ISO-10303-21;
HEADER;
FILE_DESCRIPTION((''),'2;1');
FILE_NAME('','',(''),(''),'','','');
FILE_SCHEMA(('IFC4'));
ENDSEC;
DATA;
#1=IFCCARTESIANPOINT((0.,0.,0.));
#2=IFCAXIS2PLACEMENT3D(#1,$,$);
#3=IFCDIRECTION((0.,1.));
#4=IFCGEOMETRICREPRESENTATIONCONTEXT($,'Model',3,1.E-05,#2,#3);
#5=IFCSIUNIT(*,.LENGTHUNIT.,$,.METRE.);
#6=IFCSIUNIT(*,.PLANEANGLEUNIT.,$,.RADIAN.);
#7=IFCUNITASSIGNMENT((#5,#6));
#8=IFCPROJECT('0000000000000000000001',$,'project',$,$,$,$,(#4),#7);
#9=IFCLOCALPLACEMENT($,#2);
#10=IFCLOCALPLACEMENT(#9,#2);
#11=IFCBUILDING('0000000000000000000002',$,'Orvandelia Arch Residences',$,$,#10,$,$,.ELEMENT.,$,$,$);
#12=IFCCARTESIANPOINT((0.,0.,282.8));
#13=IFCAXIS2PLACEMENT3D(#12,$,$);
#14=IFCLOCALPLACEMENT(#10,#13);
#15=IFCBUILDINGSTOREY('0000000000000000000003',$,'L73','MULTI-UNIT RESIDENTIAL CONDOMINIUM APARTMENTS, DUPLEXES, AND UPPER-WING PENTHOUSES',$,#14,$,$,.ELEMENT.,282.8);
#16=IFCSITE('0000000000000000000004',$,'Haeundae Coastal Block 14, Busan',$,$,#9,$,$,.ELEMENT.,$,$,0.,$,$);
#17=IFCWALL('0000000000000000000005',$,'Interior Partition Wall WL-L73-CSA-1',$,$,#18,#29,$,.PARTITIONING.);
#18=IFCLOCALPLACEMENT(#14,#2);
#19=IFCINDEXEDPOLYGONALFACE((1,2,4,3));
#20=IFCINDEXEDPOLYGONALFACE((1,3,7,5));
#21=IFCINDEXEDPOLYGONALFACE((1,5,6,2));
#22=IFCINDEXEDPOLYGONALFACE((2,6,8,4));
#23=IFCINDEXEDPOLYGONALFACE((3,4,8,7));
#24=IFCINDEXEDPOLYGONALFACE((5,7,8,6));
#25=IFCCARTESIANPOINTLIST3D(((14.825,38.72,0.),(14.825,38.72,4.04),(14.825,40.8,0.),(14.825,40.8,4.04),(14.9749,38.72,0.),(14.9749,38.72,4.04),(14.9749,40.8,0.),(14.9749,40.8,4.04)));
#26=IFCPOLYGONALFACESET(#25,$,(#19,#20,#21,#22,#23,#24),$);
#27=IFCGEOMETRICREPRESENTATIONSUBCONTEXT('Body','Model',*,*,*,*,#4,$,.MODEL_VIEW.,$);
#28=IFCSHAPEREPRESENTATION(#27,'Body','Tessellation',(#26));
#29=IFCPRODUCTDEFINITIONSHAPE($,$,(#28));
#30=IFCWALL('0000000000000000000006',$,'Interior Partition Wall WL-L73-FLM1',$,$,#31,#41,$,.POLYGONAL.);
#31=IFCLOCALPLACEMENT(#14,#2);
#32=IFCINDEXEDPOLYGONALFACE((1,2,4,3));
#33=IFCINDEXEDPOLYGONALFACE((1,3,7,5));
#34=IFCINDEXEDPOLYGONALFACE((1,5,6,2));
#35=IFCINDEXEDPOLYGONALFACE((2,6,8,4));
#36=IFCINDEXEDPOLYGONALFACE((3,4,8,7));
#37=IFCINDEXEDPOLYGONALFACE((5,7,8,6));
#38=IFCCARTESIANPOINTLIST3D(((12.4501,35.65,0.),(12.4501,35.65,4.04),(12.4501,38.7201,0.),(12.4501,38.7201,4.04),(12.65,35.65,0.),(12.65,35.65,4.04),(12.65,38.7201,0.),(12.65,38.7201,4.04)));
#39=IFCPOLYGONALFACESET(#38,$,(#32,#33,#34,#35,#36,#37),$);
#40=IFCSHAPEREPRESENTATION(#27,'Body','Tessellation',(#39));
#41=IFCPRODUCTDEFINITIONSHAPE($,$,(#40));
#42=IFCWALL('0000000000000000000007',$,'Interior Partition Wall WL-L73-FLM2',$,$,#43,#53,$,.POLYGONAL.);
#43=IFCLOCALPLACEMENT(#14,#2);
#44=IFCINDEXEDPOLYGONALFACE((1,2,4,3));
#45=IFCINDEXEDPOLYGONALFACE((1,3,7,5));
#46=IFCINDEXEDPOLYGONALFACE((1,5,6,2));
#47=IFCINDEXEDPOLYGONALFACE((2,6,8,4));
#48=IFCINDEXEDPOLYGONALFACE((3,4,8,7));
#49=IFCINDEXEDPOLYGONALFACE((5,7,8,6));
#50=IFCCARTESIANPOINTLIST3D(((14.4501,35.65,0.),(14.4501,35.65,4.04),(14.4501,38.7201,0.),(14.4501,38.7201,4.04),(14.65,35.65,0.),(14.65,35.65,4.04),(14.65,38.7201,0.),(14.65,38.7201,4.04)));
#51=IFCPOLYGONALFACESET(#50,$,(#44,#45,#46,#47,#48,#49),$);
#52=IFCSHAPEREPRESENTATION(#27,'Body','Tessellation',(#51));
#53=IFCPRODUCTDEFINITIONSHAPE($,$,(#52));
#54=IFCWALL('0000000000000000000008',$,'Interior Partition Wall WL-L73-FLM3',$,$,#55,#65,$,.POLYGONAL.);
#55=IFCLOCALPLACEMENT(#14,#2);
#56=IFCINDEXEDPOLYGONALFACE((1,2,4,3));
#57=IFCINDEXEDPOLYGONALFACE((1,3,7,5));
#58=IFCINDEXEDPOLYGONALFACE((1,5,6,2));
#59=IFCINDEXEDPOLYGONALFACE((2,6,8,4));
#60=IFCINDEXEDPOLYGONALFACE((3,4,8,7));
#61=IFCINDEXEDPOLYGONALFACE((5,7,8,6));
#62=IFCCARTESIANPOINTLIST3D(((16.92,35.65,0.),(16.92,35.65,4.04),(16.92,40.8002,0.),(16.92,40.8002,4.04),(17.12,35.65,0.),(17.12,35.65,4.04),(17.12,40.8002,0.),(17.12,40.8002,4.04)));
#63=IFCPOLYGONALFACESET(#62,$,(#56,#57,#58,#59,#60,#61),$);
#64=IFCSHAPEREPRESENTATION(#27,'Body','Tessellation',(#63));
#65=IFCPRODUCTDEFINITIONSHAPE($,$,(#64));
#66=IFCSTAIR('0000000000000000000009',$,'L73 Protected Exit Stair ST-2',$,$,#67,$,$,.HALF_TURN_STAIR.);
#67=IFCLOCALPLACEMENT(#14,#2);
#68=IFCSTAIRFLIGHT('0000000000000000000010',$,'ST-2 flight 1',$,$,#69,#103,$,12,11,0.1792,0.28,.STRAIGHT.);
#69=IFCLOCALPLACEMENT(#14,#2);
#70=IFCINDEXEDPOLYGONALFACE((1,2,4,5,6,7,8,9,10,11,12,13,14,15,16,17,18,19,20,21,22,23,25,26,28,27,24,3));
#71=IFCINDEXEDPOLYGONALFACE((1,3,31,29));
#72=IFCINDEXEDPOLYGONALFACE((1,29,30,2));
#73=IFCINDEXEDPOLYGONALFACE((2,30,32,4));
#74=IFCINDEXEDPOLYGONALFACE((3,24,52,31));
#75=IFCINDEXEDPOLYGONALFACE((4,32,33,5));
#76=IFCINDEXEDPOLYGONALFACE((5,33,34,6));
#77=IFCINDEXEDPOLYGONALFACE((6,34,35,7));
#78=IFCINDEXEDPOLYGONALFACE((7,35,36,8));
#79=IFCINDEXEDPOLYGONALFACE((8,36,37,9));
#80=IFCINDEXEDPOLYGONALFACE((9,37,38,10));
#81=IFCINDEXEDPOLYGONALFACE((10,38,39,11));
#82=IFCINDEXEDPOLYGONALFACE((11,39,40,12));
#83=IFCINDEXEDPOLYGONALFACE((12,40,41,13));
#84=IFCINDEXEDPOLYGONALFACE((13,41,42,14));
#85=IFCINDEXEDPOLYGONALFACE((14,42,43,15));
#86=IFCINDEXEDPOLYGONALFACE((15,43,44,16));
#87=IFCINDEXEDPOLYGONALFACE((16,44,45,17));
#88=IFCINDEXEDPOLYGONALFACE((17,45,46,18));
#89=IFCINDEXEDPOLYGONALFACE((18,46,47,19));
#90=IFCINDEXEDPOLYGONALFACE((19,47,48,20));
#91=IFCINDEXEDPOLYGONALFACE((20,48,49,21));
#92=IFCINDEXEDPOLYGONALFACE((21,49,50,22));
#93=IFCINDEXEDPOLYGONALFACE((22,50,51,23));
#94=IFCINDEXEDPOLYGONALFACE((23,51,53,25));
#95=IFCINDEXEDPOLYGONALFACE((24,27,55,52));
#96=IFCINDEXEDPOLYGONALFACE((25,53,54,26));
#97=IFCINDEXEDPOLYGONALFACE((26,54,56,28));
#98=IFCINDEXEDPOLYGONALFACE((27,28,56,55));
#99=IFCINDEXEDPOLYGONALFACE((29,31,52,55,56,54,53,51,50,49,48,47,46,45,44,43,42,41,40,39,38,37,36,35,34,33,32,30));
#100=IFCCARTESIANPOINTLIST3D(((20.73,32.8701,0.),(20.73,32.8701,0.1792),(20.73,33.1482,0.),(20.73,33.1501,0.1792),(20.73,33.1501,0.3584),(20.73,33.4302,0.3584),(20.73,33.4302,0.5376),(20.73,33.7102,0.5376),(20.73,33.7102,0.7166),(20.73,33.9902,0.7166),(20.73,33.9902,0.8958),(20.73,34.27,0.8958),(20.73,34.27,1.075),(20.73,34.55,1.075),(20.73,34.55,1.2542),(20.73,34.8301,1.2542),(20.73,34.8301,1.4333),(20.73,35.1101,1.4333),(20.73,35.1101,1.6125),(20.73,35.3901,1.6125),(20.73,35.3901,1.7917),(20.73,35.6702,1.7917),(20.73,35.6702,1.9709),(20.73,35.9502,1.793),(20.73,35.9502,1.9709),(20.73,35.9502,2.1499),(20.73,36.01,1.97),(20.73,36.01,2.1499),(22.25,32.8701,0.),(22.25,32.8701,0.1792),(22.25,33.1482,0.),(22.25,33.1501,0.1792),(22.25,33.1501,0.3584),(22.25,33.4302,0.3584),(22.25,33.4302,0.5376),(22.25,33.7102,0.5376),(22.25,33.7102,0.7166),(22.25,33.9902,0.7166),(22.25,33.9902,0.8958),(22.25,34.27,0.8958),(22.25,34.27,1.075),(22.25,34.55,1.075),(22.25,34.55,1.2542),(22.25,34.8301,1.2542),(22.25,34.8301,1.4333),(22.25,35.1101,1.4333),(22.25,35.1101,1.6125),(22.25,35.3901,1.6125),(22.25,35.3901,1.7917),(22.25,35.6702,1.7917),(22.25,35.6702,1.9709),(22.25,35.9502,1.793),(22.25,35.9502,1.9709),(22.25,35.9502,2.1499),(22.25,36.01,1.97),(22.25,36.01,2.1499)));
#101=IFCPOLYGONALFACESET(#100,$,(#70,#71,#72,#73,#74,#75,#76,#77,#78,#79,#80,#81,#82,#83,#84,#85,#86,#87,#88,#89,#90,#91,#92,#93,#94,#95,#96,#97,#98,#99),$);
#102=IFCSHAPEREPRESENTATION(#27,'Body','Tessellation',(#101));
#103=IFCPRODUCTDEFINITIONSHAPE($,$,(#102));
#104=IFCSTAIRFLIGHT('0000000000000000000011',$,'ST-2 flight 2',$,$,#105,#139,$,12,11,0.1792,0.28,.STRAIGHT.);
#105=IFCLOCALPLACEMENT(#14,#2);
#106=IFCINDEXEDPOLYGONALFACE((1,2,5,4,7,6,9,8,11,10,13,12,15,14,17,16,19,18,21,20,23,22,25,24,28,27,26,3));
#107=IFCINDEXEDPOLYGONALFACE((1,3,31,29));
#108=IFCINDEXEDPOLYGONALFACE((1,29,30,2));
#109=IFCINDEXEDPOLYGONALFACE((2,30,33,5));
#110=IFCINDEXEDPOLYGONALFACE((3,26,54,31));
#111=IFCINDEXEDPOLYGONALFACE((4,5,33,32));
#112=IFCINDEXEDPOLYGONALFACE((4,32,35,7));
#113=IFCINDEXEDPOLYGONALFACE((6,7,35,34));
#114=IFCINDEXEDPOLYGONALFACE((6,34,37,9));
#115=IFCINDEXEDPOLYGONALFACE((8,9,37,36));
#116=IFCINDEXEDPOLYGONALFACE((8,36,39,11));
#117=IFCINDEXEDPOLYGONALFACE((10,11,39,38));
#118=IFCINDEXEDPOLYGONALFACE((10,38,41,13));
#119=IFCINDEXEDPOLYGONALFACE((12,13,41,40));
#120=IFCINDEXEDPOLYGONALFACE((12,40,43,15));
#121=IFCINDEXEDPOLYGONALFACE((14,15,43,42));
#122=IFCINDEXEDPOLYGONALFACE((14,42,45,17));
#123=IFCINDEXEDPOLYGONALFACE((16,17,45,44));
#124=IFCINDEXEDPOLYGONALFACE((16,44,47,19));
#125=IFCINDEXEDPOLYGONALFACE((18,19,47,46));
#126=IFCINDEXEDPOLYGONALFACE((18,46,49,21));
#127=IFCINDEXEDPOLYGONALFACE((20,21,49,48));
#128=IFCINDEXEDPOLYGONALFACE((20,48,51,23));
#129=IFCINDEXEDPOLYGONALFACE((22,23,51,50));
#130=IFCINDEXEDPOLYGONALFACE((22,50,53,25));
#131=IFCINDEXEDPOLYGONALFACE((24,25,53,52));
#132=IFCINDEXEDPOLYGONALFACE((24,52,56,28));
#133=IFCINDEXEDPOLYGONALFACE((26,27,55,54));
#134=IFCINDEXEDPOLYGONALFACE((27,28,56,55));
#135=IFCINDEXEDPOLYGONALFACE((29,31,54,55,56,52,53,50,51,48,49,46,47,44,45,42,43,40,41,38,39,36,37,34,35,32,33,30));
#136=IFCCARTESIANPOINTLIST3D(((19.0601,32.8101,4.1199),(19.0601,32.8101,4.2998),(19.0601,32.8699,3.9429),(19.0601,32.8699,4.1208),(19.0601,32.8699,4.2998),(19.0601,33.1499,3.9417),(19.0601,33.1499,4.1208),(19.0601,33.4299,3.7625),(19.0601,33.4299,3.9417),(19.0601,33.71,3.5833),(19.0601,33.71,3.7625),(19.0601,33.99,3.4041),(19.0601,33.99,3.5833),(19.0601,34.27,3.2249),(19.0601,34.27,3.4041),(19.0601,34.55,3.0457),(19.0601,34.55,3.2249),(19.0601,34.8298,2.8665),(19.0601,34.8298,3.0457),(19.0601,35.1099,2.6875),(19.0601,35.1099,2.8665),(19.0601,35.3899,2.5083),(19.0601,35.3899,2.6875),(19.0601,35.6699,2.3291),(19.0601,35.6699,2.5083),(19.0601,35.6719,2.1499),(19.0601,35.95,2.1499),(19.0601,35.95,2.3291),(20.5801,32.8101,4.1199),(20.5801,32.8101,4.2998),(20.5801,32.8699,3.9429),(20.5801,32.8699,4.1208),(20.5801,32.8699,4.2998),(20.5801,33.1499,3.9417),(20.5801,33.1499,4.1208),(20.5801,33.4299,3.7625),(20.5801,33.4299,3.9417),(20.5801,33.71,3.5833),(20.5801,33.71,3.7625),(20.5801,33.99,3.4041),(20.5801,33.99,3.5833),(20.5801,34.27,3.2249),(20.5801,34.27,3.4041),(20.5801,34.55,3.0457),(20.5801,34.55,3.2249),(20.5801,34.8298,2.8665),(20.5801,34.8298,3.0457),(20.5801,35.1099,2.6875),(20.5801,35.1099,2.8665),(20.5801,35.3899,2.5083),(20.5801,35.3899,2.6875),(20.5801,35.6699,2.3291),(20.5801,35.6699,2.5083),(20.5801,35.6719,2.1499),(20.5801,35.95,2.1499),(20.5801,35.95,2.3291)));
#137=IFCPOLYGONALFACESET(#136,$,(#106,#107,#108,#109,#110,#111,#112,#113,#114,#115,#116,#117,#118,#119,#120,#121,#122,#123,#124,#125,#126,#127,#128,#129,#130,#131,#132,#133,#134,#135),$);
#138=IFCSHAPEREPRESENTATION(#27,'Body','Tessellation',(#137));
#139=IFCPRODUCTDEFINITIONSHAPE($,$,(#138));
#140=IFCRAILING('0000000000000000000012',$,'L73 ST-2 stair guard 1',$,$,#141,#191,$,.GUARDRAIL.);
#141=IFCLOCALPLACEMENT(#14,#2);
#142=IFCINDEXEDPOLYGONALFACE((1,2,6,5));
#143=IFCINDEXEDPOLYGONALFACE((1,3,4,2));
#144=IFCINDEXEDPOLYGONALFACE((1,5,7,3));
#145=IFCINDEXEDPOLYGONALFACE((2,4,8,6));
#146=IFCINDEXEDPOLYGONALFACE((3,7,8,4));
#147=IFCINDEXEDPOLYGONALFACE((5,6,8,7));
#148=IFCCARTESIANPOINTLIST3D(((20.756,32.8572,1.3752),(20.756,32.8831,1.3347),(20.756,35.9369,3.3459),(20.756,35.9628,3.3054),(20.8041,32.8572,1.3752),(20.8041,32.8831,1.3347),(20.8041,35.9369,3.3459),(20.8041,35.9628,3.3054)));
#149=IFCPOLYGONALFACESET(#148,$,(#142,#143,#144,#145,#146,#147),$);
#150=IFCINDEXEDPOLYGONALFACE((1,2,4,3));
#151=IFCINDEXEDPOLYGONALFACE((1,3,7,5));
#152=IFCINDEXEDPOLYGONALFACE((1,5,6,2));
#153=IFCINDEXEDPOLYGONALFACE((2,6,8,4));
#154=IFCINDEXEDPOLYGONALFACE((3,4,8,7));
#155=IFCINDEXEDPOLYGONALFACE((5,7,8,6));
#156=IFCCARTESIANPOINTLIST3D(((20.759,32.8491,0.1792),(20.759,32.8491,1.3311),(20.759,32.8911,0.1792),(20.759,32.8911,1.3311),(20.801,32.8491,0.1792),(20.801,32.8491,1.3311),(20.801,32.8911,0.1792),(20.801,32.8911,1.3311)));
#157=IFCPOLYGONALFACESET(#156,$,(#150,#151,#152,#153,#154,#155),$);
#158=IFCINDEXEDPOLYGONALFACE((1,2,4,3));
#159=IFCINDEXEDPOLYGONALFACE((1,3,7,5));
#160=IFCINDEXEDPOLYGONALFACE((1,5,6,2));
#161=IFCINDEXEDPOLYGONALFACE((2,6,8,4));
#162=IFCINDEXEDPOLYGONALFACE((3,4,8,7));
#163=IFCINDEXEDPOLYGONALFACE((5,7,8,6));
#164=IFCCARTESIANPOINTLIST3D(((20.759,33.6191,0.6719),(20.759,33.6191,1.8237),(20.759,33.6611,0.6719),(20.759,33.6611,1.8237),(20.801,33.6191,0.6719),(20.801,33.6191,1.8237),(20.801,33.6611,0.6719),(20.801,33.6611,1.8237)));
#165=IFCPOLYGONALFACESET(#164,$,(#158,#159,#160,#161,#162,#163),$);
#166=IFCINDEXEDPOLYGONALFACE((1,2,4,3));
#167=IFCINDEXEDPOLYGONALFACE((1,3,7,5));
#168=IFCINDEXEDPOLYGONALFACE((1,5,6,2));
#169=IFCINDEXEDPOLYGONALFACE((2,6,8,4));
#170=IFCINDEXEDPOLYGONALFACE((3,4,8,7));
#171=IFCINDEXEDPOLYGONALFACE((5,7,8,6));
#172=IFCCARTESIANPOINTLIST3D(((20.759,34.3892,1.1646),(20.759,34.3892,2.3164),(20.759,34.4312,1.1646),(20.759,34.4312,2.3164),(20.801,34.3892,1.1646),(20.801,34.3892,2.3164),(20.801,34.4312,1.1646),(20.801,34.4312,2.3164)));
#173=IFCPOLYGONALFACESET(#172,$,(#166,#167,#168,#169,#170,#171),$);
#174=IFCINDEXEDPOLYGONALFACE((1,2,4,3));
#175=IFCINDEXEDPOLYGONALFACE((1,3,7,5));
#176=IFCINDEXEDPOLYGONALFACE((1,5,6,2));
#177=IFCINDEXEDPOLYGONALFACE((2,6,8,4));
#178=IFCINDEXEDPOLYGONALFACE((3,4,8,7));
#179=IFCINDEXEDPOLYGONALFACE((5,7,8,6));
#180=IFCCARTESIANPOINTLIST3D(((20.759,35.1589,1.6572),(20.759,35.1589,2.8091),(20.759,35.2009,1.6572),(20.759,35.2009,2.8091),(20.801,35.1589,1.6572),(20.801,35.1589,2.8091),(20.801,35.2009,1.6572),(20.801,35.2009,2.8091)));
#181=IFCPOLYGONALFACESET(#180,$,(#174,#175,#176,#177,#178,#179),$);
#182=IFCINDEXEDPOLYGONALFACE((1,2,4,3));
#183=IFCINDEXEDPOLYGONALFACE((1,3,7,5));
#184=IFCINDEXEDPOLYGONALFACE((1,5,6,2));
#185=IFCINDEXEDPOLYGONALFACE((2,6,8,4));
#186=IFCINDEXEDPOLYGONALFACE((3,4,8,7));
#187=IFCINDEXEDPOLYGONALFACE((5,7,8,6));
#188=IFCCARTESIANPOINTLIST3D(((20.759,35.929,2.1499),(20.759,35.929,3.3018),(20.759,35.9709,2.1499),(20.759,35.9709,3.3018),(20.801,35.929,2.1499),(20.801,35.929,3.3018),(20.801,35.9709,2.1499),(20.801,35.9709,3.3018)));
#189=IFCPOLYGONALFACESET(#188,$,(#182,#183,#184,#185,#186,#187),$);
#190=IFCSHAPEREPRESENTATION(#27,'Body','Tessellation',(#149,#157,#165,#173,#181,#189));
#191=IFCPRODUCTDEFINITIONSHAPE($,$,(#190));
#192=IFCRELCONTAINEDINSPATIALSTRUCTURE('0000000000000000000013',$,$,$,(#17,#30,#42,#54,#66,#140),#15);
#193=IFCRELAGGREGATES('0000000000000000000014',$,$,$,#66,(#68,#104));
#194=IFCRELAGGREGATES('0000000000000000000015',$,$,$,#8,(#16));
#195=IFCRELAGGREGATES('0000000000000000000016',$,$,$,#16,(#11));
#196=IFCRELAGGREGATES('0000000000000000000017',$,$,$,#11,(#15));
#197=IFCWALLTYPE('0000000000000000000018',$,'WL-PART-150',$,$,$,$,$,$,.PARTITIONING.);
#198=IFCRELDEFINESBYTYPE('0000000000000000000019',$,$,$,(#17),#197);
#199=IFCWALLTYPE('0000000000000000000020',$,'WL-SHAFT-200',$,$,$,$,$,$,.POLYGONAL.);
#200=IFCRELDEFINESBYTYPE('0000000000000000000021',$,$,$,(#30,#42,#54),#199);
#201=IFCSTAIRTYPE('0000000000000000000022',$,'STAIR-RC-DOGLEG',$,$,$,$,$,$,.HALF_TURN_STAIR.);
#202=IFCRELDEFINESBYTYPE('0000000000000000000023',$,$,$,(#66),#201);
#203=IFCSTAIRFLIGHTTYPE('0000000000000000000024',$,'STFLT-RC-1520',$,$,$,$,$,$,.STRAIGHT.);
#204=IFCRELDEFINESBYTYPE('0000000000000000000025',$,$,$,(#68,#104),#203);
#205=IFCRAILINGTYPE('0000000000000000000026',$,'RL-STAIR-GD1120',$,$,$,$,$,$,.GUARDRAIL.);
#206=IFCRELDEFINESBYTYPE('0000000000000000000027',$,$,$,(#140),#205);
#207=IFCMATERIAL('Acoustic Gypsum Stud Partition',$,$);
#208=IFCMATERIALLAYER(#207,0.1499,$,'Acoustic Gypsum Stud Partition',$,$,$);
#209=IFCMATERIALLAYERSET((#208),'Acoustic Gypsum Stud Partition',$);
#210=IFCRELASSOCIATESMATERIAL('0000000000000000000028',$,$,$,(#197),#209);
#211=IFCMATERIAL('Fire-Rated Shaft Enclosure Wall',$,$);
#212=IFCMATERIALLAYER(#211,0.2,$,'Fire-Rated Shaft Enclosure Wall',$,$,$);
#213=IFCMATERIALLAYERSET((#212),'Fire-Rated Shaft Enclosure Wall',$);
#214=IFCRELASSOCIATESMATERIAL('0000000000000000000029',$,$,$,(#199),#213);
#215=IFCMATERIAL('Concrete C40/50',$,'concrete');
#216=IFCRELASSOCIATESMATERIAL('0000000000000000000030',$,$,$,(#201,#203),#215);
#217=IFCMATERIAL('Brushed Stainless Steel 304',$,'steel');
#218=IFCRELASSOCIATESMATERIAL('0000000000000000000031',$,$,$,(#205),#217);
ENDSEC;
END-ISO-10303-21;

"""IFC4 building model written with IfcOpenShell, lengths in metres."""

from ifc_helpers import new_model, si_unit, direction, frame, frame_2d, origin, origin_2d, place, context, subcontext, project, spatial, polyline, rectangle, outline, extrude, material, layer, layer_set, type_object, element, aggregate, save


model = new_model("IFC4")

# Units and contexts
model_context = context("Model", 3, precision=1e-05, world=origin(), true_north=direction((0.0, 1.0)))
body_context = subcontext(model_context, "Body", "Model", "MODEL_VIEW")
ifc_project = project(units=[si_unit("LENGTHUNIT", "METRE"), si_unit("PLANEANGLEUNIT", "RADIAN")], contexts=[model_context])

# Site, building, storey
site_placement = place(None, origin())
site = spatial("IfcSite", under=ifc_project, at=site_placement, Name="Haeundae Coastal Block 14, Busan", CompositionType="ELEMENT", RefElevation=0.0)
building_placement = place(site_placement, origin())
building = spatial("IfcBuilding", under=site, at=building_placement, Name="Orvandelia Arch Residences", CompositionType="ELEMENT")
storey_placement = place(building_placement, frame((0.0, 0.0, 282.8)))
storey = spatial("IfcBuildingStorey", under=building, at=storey_placement, Name="L73", Description="MULTI-UNIT RESIDENTIAL CONDOMINIUM APARTMENTS, DUPLEXES, AND UPPER-WING PENTHOUSES", CompositionType="ELEMENT", Elevation=282.8)

# Walls
ifc_material_1 = material(Name="Acoustic Gypsum Stud Partition")
ifc_layer_1 = layer(ifc_material_1, 0.1499, Name="Acoustic Gypsum Stud Partition")
ifc_layer_set_1 = layer_set([ifc_layer_1], Name="Acoustic Gypsum Stud Partition")
wall_type_1 = type_object("IfcWallType", Name="WL-PART-150", PredefinedType="PARTITIONING", material=ifc_layer_set_1)
wall_1_placement = place(storey_placement, frame((14.8999, 38.72, 0.0), z_axis=(0.0, 0.0, 1.0), x_axis=(0.0, 1.0, 0.0)))
element("IfcWall", 1, at=wall_1_placement, inside=storey, type_object=wall_type_1, Name="Interior Partition Wall WL-L73-CSA-1", PredefinedType="PARTITIONING", context=body_context, shape_type="SweptSolid", body=[
    extrude(rectangle(XDim=2.0801, YDim=0.1499, at=frame_2d((1.04, 0.0))), origin(), (0.0, 0.0, 1.0), 4.04),
])
ifc_material_2 = material(Name="Fire-Rated Shaft Enclosure Wall")
ifc_layer_2 = layer(ifc_material_2, 0.2, Name="Fire-Rated Shaft Enclosure Wall")
ifc_layer_set_2 = layer_set([ifc_layer_2], Name="Fire-Rated Shaft Enclosure Wall")
wall_type_2 = type_object("IfcWallType", Name="WL-SHAFT-200", PredefinedType="POLYGONAL", material=ifc_layer_set_2)
for number, where, z_axis, x_axis, name in (
    (2, (12.55, 35.6499, 0.0), (0.0, 0.0, 1.0), (0.0, 1.0, 0.0), "Interior Partition Wall WL-L73-FLM1"),
    (3, (14.55, 35.6499, 0.0), (0.0, 0.0, 1.0), (0.0, 1.0, 0.0), "Interior Partition Wall WL-L73-FLM2"),
):
    element("IfcWall", number, at=place(storey_placement, frame(where, z_axis=z_axis, x_axis=x_axis)), inside=storey, type_object=wall_type_2, Name=name, PredefinedType="POLYGONAL", context=body_context, shape_type="SweptSolid", body=[
        extrude(rectangle(XDim=3.0701, YDim=0.2, at=frame_2d((1.5352, 0.0))), origin(), (0.0, 0.0, 1.0), 4.04),
    ])
wall_2_placement = place(storey_placement, frame((17.02, 35.6499, 0.0), z_axis=(0.0, 0.0, 1.0), x_axis=(0.0, 1.0, 0.0)))
element("IfcWall", 4, at=wall_2_placement, inside=storey, type_object=wall_type_2, Name="Interior Partition Wall WL-L73-FLM3", PredefinedType="POLYGONAL", context=body_context, shape_type="SweptSolid", body=[
    extrude(rectangle(XDim=5.1501, YDim=0.2, at=frame_2d((2.5752, 0.0))), origin(), (0.0, 0.0, 1.0), 4.04),
])

# Stair, stair flights
ifc_material_3 = material(Name="Concrete C40/50", Category="concrete")
stair_type = type_object("IfcStairType", Name="STAIR-RC-DOGLEG", PredefinedType="HALF_TURN_STAIR", material=ifc_material_3)
stair_placement = place(storey_placement, origin())
stair = element("IfcStair", 5, at=stair_placement, inside=storey, type_object=stair_type, Name="L73 Protected Exit Stair ST-2", PredefinedType="HALF_TURN_STAIR")
stair_flight_type = type_object("IfcStairFlightType", Name="STFLT-RC-1520", PredefinedType="STRAIGHT", material=ifc_material_3)
stair_flight_1_placement = place(storey_placement, frame((21.49, 32.8701, 0.0), z_axis=(0.0, 0.0, 1.0), x_axis=(0.0, 1.0, 0.0)))
stair_flight_1 = element("IfcStairFlight", 6, at=stair_flight_1_placement, type_object=stair_flight_type, Name="ST-2 flight 1", NumberOfRisers=12, NumberOfTreads=11, PredefinedType="STRAIGHT", RiserHeight=0.1792, TreadLength=0.28, context=body_context, shape_type="SweptSolid", body=[
    extrude(outline(polyline([(0.0, 0.0), (0.0, 0.1792), (0.28, 0.1792), (0.28, 0.3584), (0.5601, 0.3584), (0.5601, 0.5376), (0.8401, 0.5376), (0.8401, 0.7166), (1.1201, 0.7166), (1.1201, 0.8958), (1.3999, 0.8958), (1.3999, 1.075), (1.6799, 1.075), (1.6799, 1.2542), (1.96, 1.2542), (1.96, 1.4333), (2.24, 1.4333), (2.24, 1.6125), (2.52, 1.6125), (2.52, 1.7917), (2.8, 1.7917), (2.8, 1.9709), (3.0801, 1.9709), (3.0801, 2.1499), (3.1399, 2.1499), (3.1399, 1.97), (3.0801, 1.793), (0.2781, 0.0), (0.0, 0.0)])), frame((0.0, 0.76, 0.0), z_axis=(0.0, -1.0, 0.0), x_axis=(1.0, 0.0, 0.0)), (0.0, 0.0, 1.0), 1.52),
])
stair_flight_2_placement = place(storey_placement, frame((19.8201, 35.95, 2.1499), z_axis=(0.0, 0.0, 1.0), x_axis=(0.0, -1.0, 0.0)))
stair_flight_2 = element("IfcStairFlight", 7, at=stair_flight_2_placement, type_object=stair_flight_type, Name="ST-2 flight 2", NumberOfRisers=12, NumberOfTreads=11, PredefinedType="STRAIGHT", RiserHeight=0.1792, TreadLength=0.28, context=body_context, shape_type="SweptSolid", body=[
    extrude(outline(polyline([(0.0, 0.0), (0.0, 0.1792), (0.28, 0.1792), (0.28, 0.3584), (0.5601, 0.3584), (0.5601, 0.5376), (0.8401, 0.5376), (0.8401, 0.7166), (1.1201, 0.7166), (1.1201, 0.8958), (1.3999, 0.8958), (1.3999, 1.075), (1.6799, 1.075), (1.6799, 1.2542), (1.96, 1.2542), (1.96, 1.4333), (2.24, 1.4333), (2.24, 1.6125), (2.52, 1.6125), (2.52, 1.7917), (2.8, 1.7917), (2.8, 1.9709), (3.0801, 1.9709), (3.0801, 2.1499), (3.1399, 2.1499), (3.1399, 1.97), (3.0801, 1.793), (0.2781, 0.0), (0.0, 0.0)])), frame((0.0, 0.76, 0.0), z_axis=(0.0, -1.0, 0.0), x_axis=(1.0, 0.0, 0.0)), (0.0, 0.0, 1.0), 1.52),
])
aggregate(stair, [stair_flight_1, stair_flight_2])

# Railing
ifc_material_4 = material(Name="Brushed Stainless Steel 304", Category="steel")
railing_type_1 = type_object("IfcRailingType", Name="RL-STAIR-GD1120", PredefinedType="GUARDRAIL", material=ifc_material_4)
railing_1_placement = place(storey_placement, frame((20.78, 32.8701, 0.1792)))
element("IfcRailing", 8, at=railing_1_placement, inside=storey, type_object=railing_type_1, Name="L73 ST-2 stair guard 1", PredefinedType="GUARDRAIL", context=body_context, shape_type="SweptSolid", body=[
    extrude(rectangle(XDim=0.0481, YDim=0.0481, at=origin_2d()), frame((0.0, 0.0, 1.1758), z_axis=(0.0, 0.84232, 0.538978), x_axis=(-1.0, 0.0, 0.0)), (0.0, 0.0, 1.0), 3.6562),
    extrude(rectangle(XDim=0.042, YDim=0.042, at=origin_2d()), origin(), (0.0, 0.0, 1.0), 1.1519),
    extrude(rectangle(XDim=0.042, YDim=0.042, at=origin_2d()), frame((0.0, 0.77, 0.4927)), (0.0, 0.0, 1.0), 1.1519),
    extrude(rectangle(XDim=0.042, YDim=0.042, at=origin_2d()), frame((0.0, 1.54, 0.9854)), (0.0, 0.0, 1.0), 1.1519),
    extrude(rectangle(XDim=0.042, YDim=0.042, at=origin_2d()), frame((0.0, 2.3098, 1.478)), (0.0, 0.0, 1.0), 1.1519),
    extrude(rectangle(XDim=0.042, YDim=0.042, at=origin_2d()), frame((0.0, 3.0798, 1.9707)), (0.0, 0.0, 1.0), 1.1519),
])

save(model, "model.ifc")
